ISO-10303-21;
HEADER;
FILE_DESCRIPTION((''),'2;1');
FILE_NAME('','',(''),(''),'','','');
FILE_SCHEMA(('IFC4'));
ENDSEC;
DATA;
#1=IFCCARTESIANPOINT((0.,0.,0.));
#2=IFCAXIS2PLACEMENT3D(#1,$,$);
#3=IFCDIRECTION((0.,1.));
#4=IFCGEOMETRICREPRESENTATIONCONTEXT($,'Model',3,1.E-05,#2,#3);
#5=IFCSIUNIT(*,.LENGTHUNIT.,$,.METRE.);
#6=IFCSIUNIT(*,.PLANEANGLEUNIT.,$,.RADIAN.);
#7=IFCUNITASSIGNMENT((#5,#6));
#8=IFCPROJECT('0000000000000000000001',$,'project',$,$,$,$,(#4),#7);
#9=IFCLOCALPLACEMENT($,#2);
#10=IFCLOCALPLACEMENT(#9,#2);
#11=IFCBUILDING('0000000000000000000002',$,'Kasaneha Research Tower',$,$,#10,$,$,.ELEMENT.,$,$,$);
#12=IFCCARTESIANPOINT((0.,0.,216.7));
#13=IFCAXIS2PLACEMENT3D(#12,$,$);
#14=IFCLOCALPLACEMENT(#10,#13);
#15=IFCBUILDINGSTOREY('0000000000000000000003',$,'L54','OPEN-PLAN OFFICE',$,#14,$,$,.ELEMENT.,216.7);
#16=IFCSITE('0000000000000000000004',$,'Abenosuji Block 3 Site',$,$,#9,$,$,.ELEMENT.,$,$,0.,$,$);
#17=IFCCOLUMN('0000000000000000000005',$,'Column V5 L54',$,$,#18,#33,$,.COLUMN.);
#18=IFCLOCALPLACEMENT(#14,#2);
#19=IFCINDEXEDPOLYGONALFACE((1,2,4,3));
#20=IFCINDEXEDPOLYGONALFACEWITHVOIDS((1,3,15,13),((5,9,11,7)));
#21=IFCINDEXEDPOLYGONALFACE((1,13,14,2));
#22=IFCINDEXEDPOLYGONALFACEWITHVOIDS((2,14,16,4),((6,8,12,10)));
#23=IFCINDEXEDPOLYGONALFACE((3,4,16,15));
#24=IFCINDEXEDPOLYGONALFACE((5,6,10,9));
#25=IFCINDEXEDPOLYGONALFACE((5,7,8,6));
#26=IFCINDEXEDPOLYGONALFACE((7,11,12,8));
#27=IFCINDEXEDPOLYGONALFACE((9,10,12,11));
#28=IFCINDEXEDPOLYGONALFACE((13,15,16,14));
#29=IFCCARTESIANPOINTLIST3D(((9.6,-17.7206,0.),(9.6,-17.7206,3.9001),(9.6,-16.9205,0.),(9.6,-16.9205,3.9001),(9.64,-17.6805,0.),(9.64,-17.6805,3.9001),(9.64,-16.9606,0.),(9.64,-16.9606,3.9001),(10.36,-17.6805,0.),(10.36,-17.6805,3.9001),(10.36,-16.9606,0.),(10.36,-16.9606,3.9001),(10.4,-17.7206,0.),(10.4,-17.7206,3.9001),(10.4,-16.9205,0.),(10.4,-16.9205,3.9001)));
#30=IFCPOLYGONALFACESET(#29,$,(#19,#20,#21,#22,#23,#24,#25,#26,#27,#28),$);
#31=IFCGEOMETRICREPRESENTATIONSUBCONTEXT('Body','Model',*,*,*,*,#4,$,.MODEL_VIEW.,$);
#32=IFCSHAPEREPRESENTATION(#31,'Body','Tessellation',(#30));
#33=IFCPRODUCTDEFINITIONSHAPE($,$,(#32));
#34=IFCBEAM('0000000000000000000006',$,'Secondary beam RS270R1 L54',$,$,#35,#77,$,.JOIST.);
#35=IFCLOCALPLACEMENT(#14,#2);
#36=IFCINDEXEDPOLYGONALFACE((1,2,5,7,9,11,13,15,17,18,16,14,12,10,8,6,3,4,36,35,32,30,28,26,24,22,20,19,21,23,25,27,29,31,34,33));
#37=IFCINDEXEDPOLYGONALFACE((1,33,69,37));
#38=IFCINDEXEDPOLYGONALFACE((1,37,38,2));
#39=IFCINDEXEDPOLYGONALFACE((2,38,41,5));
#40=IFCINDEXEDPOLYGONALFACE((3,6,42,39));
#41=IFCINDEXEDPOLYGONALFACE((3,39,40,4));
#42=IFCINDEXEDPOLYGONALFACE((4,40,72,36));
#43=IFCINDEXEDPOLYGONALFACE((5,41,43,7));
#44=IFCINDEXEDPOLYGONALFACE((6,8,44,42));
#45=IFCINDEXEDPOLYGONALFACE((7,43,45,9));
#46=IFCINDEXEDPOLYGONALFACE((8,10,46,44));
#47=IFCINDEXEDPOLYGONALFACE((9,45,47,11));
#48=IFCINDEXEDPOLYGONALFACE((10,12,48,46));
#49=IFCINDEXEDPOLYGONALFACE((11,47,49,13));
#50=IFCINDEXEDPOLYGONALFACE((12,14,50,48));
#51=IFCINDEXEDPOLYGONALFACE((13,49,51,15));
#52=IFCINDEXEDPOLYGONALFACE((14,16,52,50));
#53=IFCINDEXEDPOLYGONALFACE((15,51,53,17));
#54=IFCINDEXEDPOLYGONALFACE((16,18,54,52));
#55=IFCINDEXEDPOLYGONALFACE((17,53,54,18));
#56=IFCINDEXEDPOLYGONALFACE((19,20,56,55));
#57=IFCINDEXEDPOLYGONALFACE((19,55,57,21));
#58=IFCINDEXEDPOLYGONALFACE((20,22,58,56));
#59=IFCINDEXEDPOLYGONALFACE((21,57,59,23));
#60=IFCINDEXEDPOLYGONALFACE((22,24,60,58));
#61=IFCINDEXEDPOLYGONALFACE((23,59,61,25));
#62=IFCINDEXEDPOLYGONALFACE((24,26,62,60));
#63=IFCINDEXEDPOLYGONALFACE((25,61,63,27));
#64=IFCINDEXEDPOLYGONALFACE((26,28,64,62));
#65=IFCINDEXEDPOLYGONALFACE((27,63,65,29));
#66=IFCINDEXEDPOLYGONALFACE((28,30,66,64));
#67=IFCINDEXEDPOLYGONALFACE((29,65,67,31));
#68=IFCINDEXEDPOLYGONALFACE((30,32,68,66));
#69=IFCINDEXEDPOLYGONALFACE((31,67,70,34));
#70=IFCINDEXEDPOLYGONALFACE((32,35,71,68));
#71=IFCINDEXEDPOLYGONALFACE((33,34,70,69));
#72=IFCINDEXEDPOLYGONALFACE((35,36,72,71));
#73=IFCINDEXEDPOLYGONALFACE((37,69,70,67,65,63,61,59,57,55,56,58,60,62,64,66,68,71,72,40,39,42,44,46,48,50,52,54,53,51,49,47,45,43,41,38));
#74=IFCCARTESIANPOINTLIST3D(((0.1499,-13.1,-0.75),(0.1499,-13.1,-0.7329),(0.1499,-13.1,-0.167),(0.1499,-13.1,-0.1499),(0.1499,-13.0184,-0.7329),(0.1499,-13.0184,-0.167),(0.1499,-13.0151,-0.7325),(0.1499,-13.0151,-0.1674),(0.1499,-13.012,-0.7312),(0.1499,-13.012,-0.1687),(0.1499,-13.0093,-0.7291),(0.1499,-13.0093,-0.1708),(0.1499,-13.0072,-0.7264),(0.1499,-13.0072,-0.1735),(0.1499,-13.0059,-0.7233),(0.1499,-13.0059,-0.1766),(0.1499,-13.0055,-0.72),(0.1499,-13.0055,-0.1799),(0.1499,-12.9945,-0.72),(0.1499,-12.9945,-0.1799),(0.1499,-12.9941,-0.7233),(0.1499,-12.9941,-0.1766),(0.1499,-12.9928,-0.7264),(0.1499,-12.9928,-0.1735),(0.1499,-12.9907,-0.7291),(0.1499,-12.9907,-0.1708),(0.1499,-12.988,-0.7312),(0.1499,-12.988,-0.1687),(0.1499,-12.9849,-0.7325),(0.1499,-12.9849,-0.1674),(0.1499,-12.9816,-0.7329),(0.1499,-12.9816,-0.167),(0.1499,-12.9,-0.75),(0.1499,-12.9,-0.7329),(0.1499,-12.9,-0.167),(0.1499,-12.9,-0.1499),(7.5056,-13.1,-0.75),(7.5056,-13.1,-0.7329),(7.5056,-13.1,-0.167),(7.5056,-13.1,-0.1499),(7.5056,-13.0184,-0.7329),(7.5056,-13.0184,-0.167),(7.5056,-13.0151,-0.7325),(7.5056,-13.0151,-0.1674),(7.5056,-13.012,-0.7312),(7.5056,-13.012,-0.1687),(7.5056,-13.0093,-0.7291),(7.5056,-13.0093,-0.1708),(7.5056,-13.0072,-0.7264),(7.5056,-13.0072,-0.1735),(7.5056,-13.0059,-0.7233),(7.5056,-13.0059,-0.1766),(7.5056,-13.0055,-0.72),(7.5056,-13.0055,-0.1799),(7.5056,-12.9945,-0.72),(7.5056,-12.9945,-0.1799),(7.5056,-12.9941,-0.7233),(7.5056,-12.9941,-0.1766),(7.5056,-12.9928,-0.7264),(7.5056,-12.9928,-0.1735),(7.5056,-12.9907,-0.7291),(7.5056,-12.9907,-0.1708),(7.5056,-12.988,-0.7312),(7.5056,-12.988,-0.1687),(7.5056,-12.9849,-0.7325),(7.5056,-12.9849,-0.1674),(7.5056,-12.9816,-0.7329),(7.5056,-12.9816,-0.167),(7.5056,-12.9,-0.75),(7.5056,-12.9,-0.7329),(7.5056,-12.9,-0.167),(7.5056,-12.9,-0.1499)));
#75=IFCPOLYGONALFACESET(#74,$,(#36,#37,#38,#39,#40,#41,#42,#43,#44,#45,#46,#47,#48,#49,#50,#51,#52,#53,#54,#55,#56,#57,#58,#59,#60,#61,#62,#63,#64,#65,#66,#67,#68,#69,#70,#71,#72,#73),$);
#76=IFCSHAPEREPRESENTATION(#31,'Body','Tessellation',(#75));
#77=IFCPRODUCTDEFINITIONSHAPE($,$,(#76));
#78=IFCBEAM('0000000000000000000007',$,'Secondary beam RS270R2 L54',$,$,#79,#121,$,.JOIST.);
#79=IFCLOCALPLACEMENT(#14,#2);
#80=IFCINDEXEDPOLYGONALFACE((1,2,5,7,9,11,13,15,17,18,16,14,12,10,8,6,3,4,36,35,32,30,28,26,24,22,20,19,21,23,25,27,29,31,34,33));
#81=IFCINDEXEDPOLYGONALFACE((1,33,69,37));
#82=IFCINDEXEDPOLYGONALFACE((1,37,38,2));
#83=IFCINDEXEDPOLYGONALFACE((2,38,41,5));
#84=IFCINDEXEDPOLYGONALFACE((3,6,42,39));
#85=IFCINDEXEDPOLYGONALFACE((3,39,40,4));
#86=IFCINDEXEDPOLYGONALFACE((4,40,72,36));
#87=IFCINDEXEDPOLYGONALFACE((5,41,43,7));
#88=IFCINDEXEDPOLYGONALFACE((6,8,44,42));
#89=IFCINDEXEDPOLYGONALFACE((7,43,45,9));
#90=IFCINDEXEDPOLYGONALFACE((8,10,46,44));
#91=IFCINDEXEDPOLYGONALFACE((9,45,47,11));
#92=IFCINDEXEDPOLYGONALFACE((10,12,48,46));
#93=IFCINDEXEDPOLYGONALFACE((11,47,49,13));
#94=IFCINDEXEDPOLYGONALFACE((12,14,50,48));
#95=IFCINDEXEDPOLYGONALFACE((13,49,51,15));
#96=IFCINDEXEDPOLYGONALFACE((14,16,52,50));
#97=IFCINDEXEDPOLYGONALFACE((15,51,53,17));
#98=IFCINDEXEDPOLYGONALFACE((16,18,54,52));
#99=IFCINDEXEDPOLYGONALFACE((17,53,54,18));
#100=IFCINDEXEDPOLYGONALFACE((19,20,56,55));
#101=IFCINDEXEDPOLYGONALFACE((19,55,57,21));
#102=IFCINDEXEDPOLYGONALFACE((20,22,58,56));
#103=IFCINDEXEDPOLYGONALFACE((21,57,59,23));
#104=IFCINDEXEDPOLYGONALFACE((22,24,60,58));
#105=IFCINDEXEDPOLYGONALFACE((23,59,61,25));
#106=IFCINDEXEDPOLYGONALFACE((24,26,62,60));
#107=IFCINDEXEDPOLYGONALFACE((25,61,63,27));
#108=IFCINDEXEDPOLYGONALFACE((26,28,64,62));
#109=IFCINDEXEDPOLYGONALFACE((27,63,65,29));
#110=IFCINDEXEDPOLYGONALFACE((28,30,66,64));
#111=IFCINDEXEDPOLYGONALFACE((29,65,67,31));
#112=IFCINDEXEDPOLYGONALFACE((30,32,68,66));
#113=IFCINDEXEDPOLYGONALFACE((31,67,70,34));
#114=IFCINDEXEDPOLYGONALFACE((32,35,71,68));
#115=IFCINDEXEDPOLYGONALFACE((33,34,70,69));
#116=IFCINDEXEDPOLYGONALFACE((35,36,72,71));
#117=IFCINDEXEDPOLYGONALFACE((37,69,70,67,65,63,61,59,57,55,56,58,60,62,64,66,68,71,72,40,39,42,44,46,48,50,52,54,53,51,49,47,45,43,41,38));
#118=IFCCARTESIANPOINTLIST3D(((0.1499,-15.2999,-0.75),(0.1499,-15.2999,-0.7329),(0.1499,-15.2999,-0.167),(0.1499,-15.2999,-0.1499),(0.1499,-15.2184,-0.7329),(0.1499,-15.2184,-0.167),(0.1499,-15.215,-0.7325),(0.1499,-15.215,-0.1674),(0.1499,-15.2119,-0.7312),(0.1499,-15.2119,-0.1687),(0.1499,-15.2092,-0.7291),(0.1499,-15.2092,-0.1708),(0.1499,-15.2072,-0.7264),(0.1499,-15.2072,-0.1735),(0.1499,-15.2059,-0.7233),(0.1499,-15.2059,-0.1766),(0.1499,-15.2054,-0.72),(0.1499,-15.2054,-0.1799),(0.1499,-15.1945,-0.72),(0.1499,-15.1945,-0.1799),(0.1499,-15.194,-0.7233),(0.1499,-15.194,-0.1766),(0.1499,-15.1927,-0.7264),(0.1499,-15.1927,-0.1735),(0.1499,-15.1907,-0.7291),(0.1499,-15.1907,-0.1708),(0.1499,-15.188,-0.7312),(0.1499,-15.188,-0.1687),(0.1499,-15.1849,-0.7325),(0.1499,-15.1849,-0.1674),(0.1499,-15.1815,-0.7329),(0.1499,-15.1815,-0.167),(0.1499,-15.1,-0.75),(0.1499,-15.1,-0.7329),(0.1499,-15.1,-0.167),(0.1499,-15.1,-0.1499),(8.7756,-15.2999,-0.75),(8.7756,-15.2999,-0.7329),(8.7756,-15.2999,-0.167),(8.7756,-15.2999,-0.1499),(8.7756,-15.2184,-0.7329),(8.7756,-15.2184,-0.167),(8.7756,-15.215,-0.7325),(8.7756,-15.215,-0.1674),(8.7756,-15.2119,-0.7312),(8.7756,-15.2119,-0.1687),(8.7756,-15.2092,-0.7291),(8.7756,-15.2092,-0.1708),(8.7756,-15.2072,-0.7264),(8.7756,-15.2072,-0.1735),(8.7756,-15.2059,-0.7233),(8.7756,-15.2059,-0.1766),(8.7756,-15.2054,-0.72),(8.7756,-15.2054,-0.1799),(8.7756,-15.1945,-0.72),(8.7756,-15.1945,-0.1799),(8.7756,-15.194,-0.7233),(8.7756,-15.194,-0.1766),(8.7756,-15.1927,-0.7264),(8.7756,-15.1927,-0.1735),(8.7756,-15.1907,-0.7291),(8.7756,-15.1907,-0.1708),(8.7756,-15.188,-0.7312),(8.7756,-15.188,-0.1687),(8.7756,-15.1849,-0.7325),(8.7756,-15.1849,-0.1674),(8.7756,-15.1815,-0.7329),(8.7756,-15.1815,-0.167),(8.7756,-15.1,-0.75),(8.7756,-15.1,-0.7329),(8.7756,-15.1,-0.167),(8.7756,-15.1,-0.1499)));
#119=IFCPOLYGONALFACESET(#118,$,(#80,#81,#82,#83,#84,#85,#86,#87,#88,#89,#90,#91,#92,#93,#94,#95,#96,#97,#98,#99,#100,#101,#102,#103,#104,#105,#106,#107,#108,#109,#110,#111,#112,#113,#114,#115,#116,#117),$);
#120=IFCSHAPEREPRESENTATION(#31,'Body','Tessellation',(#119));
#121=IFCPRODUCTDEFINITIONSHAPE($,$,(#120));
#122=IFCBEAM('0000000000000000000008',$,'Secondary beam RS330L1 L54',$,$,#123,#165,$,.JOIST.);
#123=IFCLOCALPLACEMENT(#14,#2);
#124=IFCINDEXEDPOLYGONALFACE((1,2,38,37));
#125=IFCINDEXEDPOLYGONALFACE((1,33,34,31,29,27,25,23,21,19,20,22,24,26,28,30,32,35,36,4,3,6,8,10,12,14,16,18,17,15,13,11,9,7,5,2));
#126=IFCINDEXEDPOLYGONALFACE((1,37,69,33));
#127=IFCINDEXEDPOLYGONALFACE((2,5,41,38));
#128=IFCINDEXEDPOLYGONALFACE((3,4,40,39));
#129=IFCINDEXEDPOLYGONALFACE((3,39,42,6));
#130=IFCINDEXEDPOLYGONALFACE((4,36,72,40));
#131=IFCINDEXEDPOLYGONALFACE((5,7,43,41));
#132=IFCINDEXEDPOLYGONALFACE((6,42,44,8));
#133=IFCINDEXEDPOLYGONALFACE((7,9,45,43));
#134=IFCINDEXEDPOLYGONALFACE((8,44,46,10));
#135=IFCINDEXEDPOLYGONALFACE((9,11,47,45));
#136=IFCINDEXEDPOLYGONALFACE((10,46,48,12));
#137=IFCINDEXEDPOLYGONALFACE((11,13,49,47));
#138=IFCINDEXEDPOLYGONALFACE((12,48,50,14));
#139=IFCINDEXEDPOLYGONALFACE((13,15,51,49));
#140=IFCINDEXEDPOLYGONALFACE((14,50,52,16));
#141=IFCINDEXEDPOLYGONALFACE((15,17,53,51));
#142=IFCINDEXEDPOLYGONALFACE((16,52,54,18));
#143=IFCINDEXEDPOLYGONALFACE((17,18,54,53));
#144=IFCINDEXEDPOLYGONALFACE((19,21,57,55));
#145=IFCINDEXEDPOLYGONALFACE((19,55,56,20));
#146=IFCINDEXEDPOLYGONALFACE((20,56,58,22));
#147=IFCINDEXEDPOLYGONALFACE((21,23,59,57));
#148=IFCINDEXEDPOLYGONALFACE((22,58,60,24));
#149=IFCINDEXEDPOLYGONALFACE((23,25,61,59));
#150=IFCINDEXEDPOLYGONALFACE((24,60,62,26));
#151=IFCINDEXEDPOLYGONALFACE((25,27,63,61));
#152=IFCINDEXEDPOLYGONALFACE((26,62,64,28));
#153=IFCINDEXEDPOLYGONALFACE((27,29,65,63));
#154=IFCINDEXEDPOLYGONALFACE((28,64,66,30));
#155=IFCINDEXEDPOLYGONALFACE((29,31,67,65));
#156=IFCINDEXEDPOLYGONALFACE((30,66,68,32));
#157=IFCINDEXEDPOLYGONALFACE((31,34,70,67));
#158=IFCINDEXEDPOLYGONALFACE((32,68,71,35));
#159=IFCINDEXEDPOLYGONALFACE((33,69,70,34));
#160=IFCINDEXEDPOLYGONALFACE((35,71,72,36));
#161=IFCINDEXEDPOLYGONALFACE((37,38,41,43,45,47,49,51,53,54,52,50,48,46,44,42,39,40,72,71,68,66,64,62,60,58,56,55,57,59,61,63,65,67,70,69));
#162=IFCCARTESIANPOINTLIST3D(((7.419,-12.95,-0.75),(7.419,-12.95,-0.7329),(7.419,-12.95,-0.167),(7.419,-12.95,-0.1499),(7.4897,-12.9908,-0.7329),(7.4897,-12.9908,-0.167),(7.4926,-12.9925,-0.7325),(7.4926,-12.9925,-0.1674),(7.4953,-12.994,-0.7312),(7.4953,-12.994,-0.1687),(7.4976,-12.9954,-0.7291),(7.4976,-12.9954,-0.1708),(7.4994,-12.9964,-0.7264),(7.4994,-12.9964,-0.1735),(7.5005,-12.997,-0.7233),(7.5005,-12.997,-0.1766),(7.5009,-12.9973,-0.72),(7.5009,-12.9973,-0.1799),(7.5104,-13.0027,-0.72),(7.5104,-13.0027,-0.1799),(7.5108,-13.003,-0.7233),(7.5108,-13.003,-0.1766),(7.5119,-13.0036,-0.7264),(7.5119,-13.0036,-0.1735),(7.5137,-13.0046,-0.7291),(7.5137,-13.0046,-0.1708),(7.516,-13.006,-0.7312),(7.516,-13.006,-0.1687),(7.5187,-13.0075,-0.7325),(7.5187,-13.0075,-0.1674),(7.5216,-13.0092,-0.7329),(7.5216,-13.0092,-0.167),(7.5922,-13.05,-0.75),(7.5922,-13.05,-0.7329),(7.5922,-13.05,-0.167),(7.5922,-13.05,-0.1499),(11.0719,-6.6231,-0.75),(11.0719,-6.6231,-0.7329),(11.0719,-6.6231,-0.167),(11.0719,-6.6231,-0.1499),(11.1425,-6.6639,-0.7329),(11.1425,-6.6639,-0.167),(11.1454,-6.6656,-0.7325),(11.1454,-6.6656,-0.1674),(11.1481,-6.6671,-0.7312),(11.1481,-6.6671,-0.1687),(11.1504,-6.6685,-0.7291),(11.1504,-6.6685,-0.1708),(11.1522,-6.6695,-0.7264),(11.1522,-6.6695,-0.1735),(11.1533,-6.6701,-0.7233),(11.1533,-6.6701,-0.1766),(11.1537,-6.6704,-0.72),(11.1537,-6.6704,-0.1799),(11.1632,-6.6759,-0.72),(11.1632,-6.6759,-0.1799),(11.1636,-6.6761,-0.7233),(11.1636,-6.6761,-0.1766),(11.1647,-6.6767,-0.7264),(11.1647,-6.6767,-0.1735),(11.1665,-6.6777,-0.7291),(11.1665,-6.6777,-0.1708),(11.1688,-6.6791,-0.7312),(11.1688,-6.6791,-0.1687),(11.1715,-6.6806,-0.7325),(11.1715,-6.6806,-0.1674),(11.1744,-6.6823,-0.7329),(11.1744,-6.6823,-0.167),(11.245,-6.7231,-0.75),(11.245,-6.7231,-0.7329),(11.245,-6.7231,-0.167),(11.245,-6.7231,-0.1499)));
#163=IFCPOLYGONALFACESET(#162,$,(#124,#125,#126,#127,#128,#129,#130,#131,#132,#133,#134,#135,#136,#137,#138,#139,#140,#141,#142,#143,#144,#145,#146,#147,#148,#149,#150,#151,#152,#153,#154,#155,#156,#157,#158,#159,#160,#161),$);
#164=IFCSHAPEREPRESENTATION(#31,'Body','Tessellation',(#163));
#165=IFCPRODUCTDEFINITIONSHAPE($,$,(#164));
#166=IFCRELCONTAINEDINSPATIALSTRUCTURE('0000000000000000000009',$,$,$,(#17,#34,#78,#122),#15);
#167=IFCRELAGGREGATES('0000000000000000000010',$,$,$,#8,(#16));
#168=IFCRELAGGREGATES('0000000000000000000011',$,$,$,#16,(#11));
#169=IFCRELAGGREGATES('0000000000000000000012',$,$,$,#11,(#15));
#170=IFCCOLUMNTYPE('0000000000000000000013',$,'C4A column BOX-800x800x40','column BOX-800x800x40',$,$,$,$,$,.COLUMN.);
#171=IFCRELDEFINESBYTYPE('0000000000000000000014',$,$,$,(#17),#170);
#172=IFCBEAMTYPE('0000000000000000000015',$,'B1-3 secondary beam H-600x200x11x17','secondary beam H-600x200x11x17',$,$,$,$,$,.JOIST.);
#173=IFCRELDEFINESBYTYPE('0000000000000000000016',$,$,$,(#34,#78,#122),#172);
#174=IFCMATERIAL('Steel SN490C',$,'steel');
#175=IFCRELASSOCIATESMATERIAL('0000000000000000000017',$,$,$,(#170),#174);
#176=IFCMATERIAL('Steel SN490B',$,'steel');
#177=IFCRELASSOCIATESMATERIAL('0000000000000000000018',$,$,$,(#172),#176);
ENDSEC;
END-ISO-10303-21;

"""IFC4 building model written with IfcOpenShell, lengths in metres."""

from ifc_helpers import new_model, si_unit, direction, frame, origin, origin_2d, place, context, subcontext, project, spatial, hollow_rectangle, i_section, extrude, material, material_profile, profile_set, type_object, element, save


model = new_model("IFC4")

# Units and contexts
model_context = context("Model", 3, precision=1e-05, world=origin(), true_north=direction((0.0, 1.0)))
body_context = subcontext(model_context, "Body", "Model", "MODEL_VIEW")
ifc_project = project(units=[si_unit("LENGTHUNIT", "METRE"), si_unit("PLANEANGLEUNIT", "RADIAN")], contexts=[model_context])

# Site, building, storey
site_placement = place(None, origin())
site = spatial("IfcSite", under=ifc_project, at=site_placement, Name="Abenosuji Block 3 Site", CompositionType="ELEMENT", RefElevation=0.0)
building_placement = place(site_placement, origin())
building = spatial("IfcBuilding", under=site, at=building_placement, Name="Kasaneha Research Tower", CompositionType="ELEMENT")
storey_placement = place(building_placement, frame((0.0, 0.0, 216.7)))
storey = spatial("IfcBuildingStorey", under=building, at=storey_placement, Name="L54", Description="OPEN-PLAN OFFICE", CompositionType="ELEMENT", Elevation=216.7)

# Column
ifc_material_1 = material(Name="Steel SN490C", Category="steel")
ifc_material_profile_1 = material_profile(ifc_material_1, hollow_rectangle(XDim=0.8, YDim=0.8, WallThickness=0.04, at=origin_2d()), Name="BOX-800x800x40")
ifc_profile_set_1 = profile_set([ifc_material_profile_1], Name="Steel SN490C")
column_type = type_object("IfcColumnType", Name="C4A column BOX-800x800x40", Description="column BOX-800x800x40", PredefinedType="COLUMN", material=ifc_profile_set_1)
column_placement = place(storey_placement, frame((10.0, -17.3206, 0.0), z_axis=(0.0, 0.0, 1.0), x_axis=(1.0, 0.0, 0.0)))
element("IfcColumn", 1, at=column_placement, inside=storey, type_object=column_type, Name="Column V5 L54", PredefinedType="COLUMN", context=body_context, shape_type="SweptSolid", body=[
    extrude(hollow_rectangle(XDim=0.8, YDim=0.8, WallThickness=0.04, at=origin_2d()), origin(), (0.0, 0.0, 1.0), 3.9001),
])

# Beams
ifc_material_2 = material(Name="Steel SN490B", Category="steel")
ifc_material_profile_2 = material_profile(ifc_material_2, i_section(OverallWidth=0.2, OverallDepth=0.6001, WebThickness=0.011, FlangeThickness=0.0171, FilletRadius=0.0129, at=origin_2d()), Name="H-600x200x11x17")
ifc_profile_set_2 = profile_set([ifc_material_profile_2], Name="Steel SN490B")
beam_type_1 = type_object("IfcBeamType", Name="B1-3 secondary beam H-600x200x11x17", Description="secondary beam H-600x200x11x17", PredefinedType="JOIST", material=ifc_profile_set_2)
beam_1_placement = place(storey_placement, frame((7.5056, -13.0, -0.45), z_axis=(-1.0, 0.0, 0.0), x_axis=(0.0, -1.0, 0.0)))
element("IfcBeam", 2, at=beam_1_placement, inside=storey, type_object=beam_type_1, Name="Secondary beam RS270R1 L54", PredefinedType="JOIST", context=body_context, shape_type="SweptSolid", body=[
    extrude(i_section(OverallWidth=0.2, OverallDepth=0.6001, WebThickness=0.011, FlangeThickness=0.0171, FilletRadius=0.0129, at=origin_2d()), origin(), (0.0, 0.0, 1.0), 7.3557),
])
beam_2_placement = place(storey_placement, frame((8.7756, -15.2, -0.45), z_axis=(-1.0, 0.0, 0.0), x_axis=(0.0, -1.0, 0.0)))
element("IfcBeam", 3, at=beam_2_placement, inside=storey, type_object=beam_type_1, Name="Secondary beam RS270R2 L54", PredefinedType="JOIST", context=body_context, shape_type="SweptSolid", body=[
    extrude(i_section(OverallWidth=0.2, OverallDepth=0.6001, WebThickness=0.011, FlangeThickness=0.0171, FilletRadius=0.0129, at=origin_2d()), origin(), (0.0, 0.0, 1.0), 8.6257),
])
beam_3_placement = place(storey_placement, frame((7.5056, -13.0, -0.45), z_axis=(0.499999, 0.866026, 0.0), x_axis=(-0.866026, 0.499999, 0.0)))
element("IfcBeam", 4, at=beam_3_placement, inside=storey, type_object=beam_type_1, Name="Secondary beam RS330L1 L54", PredefinedType="JOIST", context=body_context, shape_type="SweptSolid", body=[
    extrude(i_section(OverallWidth=0.2, OverallDepth=0.6001, WebThickness=0.011, FlangeThickness=0.0171, FilletRadius=0.0129, at=origin_2d()), origin(), (0.0, 0.0, 1.0), 7.3057),
])

save(model, "model.ifc")
